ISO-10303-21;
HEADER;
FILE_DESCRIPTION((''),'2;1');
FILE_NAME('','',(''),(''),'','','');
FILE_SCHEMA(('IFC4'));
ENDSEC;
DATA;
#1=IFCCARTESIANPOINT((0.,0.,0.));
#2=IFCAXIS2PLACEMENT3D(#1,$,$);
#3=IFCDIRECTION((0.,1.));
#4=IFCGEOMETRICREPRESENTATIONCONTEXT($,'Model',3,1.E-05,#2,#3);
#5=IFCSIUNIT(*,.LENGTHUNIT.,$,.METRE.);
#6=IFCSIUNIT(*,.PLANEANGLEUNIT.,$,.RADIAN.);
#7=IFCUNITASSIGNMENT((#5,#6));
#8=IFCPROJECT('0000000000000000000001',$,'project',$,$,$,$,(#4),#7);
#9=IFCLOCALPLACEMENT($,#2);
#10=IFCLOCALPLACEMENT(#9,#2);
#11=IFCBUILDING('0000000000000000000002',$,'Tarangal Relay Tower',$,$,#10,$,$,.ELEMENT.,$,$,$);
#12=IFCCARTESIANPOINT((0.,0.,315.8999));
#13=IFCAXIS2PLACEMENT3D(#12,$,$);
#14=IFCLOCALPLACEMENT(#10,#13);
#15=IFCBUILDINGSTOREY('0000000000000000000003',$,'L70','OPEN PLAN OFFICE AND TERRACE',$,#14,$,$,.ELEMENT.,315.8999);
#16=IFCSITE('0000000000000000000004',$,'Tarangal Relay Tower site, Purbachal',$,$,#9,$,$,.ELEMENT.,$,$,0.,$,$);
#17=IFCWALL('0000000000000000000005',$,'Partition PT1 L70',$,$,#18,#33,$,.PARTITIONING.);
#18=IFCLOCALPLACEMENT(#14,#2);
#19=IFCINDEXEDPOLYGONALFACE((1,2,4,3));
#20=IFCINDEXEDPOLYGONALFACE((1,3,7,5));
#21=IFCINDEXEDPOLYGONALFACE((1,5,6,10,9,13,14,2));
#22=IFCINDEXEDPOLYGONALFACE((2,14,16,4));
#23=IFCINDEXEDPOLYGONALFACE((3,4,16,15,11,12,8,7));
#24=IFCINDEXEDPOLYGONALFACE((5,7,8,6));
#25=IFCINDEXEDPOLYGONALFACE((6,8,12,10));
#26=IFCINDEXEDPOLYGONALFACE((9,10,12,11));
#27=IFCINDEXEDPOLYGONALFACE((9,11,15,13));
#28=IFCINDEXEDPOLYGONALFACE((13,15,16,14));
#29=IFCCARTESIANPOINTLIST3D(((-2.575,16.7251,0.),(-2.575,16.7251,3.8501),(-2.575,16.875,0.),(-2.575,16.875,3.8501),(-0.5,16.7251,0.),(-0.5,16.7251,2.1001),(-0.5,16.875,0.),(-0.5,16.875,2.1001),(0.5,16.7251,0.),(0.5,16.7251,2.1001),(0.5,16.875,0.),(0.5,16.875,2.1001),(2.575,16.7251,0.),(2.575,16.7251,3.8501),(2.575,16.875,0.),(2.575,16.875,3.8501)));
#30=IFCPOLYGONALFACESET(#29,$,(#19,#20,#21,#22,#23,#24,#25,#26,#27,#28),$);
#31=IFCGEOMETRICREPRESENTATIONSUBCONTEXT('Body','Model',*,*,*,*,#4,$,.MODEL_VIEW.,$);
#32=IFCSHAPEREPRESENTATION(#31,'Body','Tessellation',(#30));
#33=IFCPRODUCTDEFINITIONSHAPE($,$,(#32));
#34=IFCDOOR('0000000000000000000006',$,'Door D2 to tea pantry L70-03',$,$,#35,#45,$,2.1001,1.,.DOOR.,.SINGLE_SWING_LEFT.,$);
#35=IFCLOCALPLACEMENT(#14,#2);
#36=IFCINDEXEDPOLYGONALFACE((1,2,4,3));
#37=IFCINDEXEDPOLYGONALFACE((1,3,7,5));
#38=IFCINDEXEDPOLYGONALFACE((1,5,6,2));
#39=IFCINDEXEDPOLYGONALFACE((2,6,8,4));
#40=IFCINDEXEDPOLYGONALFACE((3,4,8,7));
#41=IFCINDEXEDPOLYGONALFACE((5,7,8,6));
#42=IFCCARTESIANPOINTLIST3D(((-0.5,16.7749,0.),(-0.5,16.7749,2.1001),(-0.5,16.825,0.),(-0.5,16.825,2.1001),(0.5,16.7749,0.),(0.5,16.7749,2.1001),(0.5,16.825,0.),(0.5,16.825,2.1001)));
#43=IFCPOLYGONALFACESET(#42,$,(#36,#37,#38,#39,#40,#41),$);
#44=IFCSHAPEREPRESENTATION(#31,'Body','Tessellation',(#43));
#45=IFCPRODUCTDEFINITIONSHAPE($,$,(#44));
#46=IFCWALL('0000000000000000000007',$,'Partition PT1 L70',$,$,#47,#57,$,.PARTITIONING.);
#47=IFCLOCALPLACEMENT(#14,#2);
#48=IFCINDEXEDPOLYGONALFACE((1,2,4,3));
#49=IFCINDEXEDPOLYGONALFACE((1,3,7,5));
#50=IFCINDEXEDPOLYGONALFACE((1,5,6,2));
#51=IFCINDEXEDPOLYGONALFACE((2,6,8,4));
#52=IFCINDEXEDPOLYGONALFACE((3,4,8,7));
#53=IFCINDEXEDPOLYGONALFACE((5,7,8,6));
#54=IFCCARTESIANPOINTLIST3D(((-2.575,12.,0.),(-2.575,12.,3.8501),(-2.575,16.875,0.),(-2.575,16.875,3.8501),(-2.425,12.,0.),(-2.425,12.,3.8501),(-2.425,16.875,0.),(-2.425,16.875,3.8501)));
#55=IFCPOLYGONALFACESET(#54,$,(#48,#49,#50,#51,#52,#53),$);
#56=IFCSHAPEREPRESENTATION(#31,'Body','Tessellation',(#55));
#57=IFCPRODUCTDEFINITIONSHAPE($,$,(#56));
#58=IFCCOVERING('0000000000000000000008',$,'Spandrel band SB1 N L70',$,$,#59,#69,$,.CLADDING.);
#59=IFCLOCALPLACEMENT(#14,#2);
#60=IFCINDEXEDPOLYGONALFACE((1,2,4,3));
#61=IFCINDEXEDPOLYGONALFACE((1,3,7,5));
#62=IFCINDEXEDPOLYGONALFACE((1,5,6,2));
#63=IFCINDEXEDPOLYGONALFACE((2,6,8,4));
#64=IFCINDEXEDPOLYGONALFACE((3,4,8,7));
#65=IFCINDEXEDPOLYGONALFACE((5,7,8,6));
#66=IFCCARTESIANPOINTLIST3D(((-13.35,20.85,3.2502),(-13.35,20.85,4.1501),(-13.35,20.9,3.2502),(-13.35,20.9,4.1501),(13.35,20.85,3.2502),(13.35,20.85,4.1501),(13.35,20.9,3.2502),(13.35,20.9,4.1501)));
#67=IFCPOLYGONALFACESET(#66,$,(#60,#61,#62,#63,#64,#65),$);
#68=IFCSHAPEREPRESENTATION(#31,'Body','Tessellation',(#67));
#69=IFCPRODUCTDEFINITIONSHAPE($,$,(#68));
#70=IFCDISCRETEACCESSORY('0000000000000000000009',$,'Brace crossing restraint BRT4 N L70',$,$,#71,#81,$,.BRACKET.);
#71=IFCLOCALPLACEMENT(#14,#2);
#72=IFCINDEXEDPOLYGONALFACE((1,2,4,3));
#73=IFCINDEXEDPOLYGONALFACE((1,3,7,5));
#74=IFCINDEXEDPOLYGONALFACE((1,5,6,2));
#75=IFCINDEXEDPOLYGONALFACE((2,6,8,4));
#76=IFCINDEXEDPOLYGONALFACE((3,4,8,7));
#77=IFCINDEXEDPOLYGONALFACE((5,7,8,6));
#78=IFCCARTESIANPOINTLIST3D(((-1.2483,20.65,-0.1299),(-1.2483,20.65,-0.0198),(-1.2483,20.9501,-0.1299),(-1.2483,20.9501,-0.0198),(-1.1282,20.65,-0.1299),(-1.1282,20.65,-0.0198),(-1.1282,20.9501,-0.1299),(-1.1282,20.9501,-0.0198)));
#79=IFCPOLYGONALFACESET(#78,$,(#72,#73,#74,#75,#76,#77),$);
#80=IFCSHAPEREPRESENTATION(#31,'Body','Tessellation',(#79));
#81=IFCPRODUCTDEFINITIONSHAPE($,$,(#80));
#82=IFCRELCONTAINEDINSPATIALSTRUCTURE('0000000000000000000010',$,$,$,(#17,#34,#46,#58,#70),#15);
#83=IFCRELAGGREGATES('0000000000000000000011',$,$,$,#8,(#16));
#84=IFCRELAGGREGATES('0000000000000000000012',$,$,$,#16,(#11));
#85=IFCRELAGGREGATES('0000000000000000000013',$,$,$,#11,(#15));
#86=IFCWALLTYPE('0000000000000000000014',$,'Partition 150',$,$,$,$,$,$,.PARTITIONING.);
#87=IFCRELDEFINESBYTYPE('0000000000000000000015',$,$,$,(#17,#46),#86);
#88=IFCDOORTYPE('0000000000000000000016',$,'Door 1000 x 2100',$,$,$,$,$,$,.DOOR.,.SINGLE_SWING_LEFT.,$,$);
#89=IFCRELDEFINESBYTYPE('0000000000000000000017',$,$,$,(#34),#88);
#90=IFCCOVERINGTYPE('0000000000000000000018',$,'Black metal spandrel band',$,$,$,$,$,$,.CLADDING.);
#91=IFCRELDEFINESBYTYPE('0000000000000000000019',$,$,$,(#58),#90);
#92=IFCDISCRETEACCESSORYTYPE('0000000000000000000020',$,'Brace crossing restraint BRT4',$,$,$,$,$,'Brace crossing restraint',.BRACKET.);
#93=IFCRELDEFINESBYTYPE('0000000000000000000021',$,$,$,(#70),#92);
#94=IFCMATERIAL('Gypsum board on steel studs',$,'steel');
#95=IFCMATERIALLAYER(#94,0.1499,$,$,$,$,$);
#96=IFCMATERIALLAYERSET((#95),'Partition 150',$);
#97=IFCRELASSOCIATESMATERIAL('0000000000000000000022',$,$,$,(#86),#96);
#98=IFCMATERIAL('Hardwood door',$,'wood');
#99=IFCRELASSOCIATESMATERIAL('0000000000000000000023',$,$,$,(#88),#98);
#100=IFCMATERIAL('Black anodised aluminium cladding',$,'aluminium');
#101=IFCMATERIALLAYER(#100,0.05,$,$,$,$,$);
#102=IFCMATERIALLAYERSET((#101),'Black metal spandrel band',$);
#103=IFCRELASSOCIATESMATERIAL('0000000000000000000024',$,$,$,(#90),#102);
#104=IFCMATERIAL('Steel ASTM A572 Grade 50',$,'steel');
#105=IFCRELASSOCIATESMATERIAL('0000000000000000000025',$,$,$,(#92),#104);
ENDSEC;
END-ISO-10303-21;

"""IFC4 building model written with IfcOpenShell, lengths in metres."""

from ifc_helpers import new_model, si_unit, direction, frame, frame_2d, origin, origin_2d, place, context, subcontext, project, spatial, rectangle, extrude, material, layer, layer_set, type_object, element, fill, save


model = new_model("IFC4")

# Units and contexts
model_context = context("Model", 3, precision=1e-05, world=origin(), true_north=direction((0.0, 1.0)))
body_context = subcontext(model_context, "Body", "Model", "MODEL_VIEW")
ifc_project = project(units=[si_unit("LENGTHUNIT", "METRE"), si_unit("PLANEANGLEUNIT", "RADIAN")], contexts=[model_context])

# Site, building, storey
site_placement = place(None, origin())
site = spatial("IfcSite", under=ifc_project, at=site_placement, Name="Tarangal Relay Tower site, Purbachal", CompositionType="ELEMENT", RefElevation=0.0)
building_placement = place(site_placement, origin())
building = spatial("IfcBuilding", under=site, at=building_placement, Name="Tarangal Relay Tower", CompositionType="ELEMENT")
storey_placement = place(building_placement, frame((0.0, 0.0, 315.8999)))
storey = spatial("IfcBuildingStorey", under=building, at=storey_placement, Name="L70", Description="OPEN PLAN OFFICE AND TERRACE", CompositionType="ELEMENT", Elevation=315.8999)

# Shared definitions
ifc_material_1 = material(Name="Steel ASTM A572 Grade 50", Category="steel")

# Wall, opening, door
ifc_material_2 = material(Name="Gypsum board on steel studs", Category="steel")
ifc_layer_1 = layer(ifc_material_2, 0.1499)
ifc_layer_set_1 = layer_set([ifc_layer_1], Name="Partition 150")
wall_type_1 = type_object("IfcWallType", Name="Partition 150", PredefinedType="PARTITIONING", material=ifc_layer_set_1)
wall_1_placement = place(storey_placement, frame((-2.575, 16.8, 0.0), z_axis=(0.0, 0.0, 1.0), x_axis=(1.0, 0.0, 0.0)))
wall_1 = element("IfcWall", 1, at=wall_1_placement, inside=storey, type_object=wall_type_1, Name="Partition PT1 L70", PredefinedType="PARTITIONING", context=body_context, shape_type="SweptSolid", body=[
    extrude(rectangle(XDim=5.1499, YDim=0.1499, at=frame_2d((2.575, 0.0))), origin(), (0.0, 0.0, 1.0), 3.8501),
])
opening_placement = place(wall_1_placement, frame((2.075, 0.0, 0.0)))
opening = element("IfcOpeningElement", 2, at=opening_placement, cuts=wall_1, PredefinedType="OPENING", context=body_context, shape_type="SweptSolid", body=[
    extrude(rectangle(XDim=1.0, YDim=2.1001, at=frame_2d((0.5, 1.05))), frame((0.0, 0.085, 0.0), z_axis=(0.0, -1.0, 0.0), x_axis=(1.0, 0.0, 0.0)), (0.0, 0.0, 1.0), 0.1699),
])
ifc_material_3 = material(Name="Hardwood door", Category="wood")
door_type = type_object("IfcDoorType", Name="Door 1000 x 2100", OperationType="SINGLE_SWING_LEFT", PredefinedType="DOOR", material=ifc_material_3)
door_placement = place(opening_placement, origin())
door = element("IfcDoor", 3, at=door_placement, inside=storey, type_object=door_type, Name="Door D2 to tea pantry L70-03", OperationType="SINGLE_SWING_LEFT", OverallHeight=2.1001, OverallWidth=1.0, PredefinedType="DOOR", context=body_context, shape_type="SweptSolid", body=[
    extrude(rectangle(XDim=1.0, YDim=2.1001, at=frame_2d((0.5, 1.05))), frame((0.0, 0.0249, 0.0), z_axis=(0.0, -1.0, 0.0), x_axis=(1.0, 0.0, 0.0)), (0.0, 0.0, 1.0), 0.05),
])
fill(opening, door)

# Wall
wall_2_placement = place(storey_placement, frame((-2.5, 12.0, 0.0), z_axis=(0.0, 0.0, 1.0), x_axis=(0.0, 1.0, 0.0)))
element("IfcWall", 4, at=wall_2_placement, inside=storey, type_object=wall_type_1, Name="Partition PT1 L70", PredefinedType="PARTITIONING", context=body_context, shape_type="SweptSolid", body=[
    extrude(rectangle(XDim=4.875, YDim=0.1499, at=frame_2d((2.4375, 0.0))), origin(), (0.0, 0.0, 1.0), 3.8501),
])

# Covering
ifc_material_4 = material(Name="Black anodised aluminium cladding", Category="aluminium")
ifc_layer_2 = layer(ifc_material_4, 0.05)
ifc_layer_set_2 = layer_set([ifc_layer_2], Name="Black metal spandrel band")
covering_type = type_object("IfcCoveringType", Name="Black metal spandrel band", PredefinedType="CLADDING", material=ifc_layer_set_2)
covering_placement = place(storey_placement, frame((0.0, 20.875, 3.2502), z_axis=(0.0, 0.0, 1.0), x_axis=(1.0, 0.0, 0.0)))
element("IfcCovering", 5, at=covering_placement, inside=storey, type_object=covering_type, Name="Spandrel band SB1 N L70", PredefinedType="CLADDING", context=body_context, shape_type="SweptSolid", body=[
    extrude(rectangle(XDim=26.7, YDim=0.05, at=origin_2d()), origin(), (0.0, 0.0, 1.0), 0.8999),
])

# Discrete accessory
discrete_accessory_type = type_object("IfcDiscreteAccessoryType", Name="Brace crossing restraint BRT4", ElementType="Brace crossing restraint", PredefinedType="BRACKET", material=ifc_material_1)
discrete_accessory_placement = place(storey_placement, frame((-1.1882, 20.8, -0.1299), z_axis=(0.0, 0.0, 1.0), x_axis=(1.0, 0.0, 0.0)))
element("IfcDiscreteAccessory", 6, at=discrete_accessory_placement, inside=storey, type_object=discrete_accessory_type, Name="Brace crossing restraint BRT4 N L70", PredefinedType="BRACKET", context=body_context, shape_type="SweptSolid", body=[
    extrude(rectangle(XDim=0.1201, YDim=0.3, at=origin_2d()), origin(), (0.0, 0.0, 1.0), 0.1101),
])

save(model, "model.ifc")
